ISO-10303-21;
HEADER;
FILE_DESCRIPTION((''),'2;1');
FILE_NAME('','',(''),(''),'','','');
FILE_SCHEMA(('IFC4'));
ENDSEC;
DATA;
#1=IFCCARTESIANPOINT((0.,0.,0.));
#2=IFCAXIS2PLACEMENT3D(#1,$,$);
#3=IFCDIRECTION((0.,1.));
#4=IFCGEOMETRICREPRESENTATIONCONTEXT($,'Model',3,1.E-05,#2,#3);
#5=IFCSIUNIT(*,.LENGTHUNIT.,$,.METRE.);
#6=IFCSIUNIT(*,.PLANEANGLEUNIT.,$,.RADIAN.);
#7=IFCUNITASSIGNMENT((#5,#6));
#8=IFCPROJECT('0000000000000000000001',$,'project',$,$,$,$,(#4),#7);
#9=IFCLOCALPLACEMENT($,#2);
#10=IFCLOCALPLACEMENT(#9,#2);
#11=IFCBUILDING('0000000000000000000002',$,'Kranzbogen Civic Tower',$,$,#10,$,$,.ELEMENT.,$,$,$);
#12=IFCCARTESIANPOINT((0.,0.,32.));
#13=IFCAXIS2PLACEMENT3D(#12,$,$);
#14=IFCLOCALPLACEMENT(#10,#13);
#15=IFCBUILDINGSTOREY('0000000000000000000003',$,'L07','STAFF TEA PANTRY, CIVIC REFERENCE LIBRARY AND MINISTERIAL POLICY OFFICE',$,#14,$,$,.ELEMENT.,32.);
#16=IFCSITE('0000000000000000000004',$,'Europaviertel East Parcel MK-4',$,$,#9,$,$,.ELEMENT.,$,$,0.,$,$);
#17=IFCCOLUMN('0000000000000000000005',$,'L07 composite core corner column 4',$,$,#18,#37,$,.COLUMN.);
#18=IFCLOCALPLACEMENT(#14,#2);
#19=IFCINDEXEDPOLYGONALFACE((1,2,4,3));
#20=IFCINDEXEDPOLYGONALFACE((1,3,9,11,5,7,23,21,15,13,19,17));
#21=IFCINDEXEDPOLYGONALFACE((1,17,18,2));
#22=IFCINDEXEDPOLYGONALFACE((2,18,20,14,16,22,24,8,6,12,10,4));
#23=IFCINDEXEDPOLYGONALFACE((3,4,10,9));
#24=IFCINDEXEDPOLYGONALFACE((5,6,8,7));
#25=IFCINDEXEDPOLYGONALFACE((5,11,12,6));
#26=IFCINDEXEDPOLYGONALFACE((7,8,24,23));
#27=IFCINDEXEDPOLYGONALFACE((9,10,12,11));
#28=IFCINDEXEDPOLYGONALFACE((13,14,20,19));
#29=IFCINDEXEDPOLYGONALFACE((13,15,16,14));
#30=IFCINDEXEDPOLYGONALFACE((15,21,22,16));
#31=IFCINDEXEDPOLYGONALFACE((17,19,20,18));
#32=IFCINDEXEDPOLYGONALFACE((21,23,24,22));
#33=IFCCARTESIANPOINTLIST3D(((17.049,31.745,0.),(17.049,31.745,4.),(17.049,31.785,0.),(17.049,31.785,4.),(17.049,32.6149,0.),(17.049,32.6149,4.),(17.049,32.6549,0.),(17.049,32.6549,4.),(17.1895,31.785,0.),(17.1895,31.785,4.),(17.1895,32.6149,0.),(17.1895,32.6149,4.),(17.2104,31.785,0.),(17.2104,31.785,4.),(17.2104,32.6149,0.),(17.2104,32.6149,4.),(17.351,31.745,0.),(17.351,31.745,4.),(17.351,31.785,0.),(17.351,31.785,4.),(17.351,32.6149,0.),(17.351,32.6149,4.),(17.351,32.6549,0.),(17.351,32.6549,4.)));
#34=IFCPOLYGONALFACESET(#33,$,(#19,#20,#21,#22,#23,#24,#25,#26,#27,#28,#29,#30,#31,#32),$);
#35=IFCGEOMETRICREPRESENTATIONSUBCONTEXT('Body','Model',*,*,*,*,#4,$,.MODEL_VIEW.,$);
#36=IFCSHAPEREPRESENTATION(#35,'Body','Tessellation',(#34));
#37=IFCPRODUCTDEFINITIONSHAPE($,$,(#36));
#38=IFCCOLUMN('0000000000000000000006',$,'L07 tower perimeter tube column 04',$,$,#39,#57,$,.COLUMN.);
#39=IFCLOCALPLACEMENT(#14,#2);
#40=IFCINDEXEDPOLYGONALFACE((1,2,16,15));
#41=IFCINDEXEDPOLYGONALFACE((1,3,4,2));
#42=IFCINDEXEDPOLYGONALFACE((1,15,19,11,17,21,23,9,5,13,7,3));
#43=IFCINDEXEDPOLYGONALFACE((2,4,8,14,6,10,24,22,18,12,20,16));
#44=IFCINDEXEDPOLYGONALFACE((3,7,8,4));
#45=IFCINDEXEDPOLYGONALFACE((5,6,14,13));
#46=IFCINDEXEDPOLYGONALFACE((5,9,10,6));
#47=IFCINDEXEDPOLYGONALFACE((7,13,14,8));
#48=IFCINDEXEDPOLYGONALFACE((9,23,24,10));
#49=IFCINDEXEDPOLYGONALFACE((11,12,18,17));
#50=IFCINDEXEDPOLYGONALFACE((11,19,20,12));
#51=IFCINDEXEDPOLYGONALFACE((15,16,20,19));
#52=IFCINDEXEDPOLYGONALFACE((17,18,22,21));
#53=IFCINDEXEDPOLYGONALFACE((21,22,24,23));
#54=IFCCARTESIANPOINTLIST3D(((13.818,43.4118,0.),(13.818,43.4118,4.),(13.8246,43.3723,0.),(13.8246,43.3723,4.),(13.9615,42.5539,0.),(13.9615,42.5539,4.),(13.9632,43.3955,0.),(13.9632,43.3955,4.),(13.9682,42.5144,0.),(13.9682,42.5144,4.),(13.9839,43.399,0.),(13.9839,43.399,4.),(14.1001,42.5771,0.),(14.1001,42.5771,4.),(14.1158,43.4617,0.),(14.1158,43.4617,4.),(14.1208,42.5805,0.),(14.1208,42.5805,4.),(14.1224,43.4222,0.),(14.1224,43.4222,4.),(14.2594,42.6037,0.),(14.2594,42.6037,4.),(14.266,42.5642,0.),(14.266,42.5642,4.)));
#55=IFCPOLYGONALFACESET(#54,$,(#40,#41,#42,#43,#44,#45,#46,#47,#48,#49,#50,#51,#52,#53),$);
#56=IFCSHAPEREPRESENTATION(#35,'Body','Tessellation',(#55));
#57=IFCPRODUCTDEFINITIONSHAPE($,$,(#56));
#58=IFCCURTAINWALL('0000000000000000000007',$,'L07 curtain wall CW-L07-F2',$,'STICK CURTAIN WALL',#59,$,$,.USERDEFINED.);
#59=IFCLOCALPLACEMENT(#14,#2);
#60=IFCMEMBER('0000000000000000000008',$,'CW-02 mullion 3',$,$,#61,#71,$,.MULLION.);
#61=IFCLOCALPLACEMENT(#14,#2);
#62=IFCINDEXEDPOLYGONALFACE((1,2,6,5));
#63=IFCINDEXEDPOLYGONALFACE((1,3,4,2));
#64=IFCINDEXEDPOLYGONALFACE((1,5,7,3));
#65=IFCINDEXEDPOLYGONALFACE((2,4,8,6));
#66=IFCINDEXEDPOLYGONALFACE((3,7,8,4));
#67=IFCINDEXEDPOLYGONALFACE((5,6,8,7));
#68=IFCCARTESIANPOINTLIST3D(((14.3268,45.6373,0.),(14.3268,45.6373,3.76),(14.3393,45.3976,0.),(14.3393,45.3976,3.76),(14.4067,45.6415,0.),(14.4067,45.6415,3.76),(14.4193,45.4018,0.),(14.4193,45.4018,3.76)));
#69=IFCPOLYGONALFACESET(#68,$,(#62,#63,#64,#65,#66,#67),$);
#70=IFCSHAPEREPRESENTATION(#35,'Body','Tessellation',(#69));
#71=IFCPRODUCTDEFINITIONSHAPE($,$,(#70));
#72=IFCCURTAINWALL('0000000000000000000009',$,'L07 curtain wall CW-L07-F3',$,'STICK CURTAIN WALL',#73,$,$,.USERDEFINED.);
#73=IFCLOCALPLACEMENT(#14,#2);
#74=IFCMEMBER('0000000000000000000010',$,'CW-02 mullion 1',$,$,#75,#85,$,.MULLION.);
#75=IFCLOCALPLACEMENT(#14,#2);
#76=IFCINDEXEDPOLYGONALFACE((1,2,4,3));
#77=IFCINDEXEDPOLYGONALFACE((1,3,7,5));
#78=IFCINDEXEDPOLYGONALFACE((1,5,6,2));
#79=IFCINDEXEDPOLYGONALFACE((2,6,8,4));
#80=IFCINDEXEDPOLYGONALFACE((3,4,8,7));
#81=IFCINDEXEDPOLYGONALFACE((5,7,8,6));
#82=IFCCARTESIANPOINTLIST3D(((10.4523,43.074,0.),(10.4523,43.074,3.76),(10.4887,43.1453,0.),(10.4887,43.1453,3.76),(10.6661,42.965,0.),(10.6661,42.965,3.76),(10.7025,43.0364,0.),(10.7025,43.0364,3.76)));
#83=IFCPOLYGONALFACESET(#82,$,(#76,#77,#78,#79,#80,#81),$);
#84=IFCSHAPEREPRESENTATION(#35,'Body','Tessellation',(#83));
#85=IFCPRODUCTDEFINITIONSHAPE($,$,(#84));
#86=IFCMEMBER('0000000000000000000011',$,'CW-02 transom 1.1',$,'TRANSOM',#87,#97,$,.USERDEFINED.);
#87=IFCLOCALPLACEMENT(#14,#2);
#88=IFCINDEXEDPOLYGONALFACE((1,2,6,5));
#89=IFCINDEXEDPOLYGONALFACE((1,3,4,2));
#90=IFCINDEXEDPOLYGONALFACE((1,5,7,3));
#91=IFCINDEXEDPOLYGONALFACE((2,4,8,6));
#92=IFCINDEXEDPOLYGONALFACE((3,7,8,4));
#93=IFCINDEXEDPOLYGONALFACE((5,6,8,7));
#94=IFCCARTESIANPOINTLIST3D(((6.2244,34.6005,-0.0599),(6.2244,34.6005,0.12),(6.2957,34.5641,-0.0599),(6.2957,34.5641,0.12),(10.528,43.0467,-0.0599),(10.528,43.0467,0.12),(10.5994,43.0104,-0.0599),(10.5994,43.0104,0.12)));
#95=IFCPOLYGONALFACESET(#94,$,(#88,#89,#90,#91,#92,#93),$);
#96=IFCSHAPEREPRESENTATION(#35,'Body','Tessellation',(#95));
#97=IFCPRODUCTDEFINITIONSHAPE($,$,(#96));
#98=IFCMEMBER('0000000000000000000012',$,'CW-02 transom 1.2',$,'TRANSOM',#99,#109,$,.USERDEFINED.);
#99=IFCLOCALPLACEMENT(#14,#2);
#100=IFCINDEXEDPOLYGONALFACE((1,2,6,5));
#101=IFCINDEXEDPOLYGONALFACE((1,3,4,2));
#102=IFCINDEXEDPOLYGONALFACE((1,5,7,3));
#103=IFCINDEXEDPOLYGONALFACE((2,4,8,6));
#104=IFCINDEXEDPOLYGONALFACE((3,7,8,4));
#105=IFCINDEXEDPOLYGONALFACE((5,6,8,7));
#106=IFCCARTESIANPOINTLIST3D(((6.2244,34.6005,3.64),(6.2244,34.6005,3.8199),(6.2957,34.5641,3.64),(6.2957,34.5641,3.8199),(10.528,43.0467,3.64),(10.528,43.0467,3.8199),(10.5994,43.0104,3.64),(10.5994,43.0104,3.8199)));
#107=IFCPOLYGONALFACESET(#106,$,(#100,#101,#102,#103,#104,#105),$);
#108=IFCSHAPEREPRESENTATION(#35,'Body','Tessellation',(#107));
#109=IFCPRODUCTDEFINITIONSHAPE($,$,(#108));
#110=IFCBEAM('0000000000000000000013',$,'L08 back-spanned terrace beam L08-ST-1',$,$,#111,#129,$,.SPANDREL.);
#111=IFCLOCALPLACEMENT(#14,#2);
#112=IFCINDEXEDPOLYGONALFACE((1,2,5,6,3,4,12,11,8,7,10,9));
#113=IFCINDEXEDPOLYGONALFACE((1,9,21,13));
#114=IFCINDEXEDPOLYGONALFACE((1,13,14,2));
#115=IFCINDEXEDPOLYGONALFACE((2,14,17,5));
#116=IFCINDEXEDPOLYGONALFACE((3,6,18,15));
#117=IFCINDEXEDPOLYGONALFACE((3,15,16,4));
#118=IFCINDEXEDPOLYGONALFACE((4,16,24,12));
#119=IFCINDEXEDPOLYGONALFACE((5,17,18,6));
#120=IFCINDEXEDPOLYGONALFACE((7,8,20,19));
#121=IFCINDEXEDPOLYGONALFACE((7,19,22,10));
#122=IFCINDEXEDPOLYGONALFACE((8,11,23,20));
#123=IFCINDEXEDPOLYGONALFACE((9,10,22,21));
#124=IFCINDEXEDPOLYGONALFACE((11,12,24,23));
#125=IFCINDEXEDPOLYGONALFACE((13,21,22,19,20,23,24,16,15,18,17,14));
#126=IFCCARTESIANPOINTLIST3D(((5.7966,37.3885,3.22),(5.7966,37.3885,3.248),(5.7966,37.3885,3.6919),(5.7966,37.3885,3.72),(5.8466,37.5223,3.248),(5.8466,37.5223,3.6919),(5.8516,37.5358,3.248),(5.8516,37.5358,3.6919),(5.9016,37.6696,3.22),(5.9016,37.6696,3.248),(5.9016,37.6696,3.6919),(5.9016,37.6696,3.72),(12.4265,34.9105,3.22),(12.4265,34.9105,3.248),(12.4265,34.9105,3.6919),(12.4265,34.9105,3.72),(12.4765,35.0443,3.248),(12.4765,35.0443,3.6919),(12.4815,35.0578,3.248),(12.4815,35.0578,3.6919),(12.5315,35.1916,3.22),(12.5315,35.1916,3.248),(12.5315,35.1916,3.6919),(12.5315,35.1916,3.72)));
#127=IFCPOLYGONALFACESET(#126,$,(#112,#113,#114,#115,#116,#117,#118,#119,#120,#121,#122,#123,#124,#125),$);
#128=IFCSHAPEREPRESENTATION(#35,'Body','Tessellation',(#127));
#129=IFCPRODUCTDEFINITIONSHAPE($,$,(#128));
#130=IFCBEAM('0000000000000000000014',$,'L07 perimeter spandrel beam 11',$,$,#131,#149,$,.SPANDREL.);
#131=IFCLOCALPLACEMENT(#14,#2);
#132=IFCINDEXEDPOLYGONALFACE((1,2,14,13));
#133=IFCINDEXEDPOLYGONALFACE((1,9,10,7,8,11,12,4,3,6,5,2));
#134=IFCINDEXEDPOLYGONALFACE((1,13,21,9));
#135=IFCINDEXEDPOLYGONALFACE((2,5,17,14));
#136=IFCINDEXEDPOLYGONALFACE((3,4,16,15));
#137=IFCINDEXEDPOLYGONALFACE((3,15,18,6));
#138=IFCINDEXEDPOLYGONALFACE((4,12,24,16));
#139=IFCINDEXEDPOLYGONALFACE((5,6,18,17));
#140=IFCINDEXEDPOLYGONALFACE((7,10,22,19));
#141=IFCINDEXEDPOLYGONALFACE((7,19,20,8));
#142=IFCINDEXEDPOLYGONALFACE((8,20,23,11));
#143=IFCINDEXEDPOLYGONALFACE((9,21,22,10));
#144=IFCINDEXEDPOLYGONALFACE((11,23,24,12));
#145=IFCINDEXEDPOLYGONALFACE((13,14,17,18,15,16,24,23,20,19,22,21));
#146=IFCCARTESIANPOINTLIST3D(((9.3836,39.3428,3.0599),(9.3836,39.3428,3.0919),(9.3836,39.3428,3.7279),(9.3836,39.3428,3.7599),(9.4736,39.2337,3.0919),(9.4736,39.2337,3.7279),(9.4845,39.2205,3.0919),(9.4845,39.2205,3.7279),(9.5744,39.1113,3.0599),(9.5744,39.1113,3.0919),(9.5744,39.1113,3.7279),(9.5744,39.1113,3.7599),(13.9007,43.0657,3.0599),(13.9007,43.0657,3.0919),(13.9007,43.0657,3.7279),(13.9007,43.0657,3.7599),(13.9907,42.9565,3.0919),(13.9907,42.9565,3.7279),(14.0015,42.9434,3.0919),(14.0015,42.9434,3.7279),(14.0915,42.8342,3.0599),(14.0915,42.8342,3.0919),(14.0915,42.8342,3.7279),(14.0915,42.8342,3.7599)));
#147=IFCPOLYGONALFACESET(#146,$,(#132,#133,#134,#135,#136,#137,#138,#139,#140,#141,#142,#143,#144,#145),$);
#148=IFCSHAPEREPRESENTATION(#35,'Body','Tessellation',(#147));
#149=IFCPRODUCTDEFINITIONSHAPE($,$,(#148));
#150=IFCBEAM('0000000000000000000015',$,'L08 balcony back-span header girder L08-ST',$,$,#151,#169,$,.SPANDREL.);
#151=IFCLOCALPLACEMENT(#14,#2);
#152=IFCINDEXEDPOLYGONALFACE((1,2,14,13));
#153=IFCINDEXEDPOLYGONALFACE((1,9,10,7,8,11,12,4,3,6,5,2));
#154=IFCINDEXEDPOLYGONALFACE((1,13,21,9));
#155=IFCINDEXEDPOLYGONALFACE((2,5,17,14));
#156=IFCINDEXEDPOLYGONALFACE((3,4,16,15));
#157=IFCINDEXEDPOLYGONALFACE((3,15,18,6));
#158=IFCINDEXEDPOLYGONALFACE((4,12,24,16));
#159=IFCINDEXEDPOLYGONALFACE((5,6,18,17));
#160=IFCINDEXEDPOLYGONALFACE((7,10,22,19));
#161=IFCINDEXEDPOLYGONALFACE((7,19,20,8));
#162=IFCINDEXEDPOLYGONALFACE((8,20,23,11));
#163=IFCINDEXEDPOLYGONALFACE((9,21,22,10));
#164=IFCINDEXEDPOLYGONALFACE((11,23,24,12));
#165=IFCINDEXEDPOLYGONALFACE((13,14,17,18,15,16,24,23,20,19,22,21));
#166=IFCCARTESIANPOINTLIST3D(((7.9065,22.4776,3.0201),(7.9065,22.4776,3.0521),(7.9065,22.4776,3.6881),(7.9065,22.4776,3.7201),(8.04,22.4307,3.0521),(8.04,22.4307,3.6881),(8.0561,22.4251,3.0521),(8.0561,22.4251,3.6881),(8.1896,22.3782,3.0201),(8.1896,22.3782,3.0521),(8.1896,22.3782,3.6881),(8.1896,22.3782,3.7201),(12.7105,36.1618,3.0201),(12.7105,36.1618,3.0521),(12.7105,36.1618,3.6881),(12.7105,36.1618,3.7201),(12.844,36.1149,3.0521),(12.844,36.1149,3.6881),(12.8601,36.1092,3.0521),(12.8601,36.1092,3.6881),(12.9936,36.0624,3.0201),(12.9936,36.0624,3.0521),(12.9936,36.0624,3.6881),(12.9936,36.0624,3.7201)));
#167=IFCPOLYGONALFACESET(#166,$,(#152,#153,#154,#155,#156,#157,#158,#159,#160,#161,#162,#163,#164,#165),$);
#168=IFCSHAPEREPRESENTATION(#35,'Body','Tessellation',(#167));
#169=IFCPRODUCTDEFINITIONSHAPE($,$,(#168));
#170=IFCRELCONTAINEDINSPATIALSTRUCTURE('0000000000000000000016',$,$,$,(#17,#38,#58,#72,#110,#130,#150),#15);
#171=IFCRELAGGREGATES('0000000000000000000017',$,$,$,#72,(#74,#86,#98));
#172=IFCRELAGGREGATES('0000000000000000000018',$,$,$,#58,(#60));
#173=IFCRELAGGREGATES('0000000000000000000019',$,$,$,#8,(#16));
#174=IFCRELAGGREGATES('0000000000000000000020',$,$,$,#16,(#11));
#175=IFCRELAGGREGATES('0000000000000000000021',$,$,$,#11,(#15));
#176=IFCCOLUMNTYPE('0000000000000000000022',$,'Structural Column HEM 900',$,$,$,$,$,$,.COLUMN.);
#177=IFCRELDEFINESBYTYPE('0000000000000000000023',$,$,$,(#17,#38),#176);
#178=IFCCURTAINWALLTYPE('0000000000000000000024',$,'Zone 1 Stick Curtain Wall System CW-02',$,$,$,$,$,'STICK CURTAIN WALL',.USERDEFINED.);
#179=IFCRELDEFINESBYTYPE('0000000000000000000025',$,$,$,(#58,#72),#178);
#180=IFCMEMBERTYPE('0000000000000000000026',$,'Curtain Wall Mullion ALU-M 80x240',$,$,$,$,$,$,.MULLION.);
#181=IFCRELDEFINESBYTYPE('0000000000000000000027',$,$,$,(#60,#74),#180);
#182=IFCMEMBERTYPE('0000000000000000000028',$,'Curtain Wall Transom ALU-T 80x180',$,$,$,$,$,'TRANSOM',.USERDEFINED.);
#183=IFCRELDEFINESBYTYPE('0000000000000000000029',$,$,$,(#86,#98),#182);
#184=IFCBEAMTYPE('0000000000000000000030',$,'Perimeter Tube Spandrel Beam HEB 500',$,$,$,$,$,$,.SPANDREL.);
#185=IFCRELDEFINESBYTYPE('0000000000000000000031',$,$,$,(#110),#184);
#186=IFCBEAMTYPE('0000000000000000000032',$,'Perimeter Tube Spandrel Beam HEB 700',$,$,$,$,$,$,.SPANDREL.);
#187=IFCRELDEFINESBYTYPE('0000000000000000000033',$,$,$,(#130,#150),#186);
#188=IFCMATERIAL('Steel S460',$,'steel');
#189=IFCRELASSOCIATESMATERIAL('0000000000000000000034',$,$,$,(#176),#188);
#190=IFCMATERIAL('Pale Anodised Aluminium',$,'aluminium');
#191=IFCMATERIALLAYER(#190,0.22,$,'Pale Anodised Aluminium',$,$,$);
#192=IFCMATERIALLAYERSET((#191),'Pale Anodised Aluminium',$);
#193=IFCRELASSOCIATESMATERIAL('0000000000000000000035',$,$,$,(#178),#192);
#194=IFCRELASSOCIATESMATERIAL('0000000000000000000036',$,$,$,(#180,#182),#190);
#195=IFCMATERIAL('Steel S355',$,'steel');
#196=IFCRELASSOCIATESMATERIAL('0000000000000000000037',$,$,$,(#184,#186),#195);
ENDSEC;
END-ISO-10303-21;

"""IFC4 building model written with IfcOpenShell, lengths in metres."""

from ifc_helpers import new_model, si_unit, direction, frame, origin, origin_2d, place, context, subcontext, project, spatial, rectangle, i_section, extrude, material, layer, layer_set, material_profile, profile_set, type_object, element, aggregate, save


model = new_model("IFC4")

# Units and contexts
model_context = context("Model", 3, precision=1e-05, world=origin(), true_north=direction((0.0, 1.0)))
body_context = subcontext(model_context, "Body", "Model", "MODEL_VIEW")
ifc_project = project(units=[si_unit("LENGTHUNIT", "METRE"), si_unit("PLANEANGLEUNIT", "RADIAN")], contexts=[model_context])

# Site, building, storey
site_placement = place(None, origin())
site = spatial("IfcSite", under=ifc_project, at=site_placement, Name="Europaviertel East Parcel MK-4", CompositionType="ELEMENT", RefElevation=0.0)
building_placement = place(site_placement, origin())
building = spatial("IfcBuilding", under=site, at=building_placement, Name="Kranzbogen Civic Tower", CompositionType="ELEMENT")
storey_placement = place(building_placement, frame((0.0, 0.0, 32.0)))
storey = spatial("IfcBuildingStorey", under=building, at=storey_placement, Name="L07", Description="STAFF TEA PANTRY, CIVIC REFERENCE LIBRARY AND MINISTERIAL POLICY OFFICE", CompositionType="ELEMENT", Elevation=32.0)

# Columns
ifc_material_1 = material(Name="Steel S460", Category="steel")
ifc_material_profile_1 = material_profile(ifc_material_1, i_section(OverallWidth=0.302, OverallDepth=0.9099, WebThickness=0.021, FlangeThickness=0.04, at=origin_2d()), Name="HEM 900")
ifc_profile_set_1 = profile_set([ifc_material_profile_1], Name="Steel S460")
column_type = type_object("IfcColumnType", Name="Structural Column HEM 900", PredefinedType="COLUMN", material=ifc_profile_set_1)
for number, where, z_axis, x_axis, name in (
    (1, (17.2, 32.2, 0.0), (0.0, 0.0, 1.0), (1.0, 0.0, 0.0), "L07 composite core corner column 4"),
    (2, (14.042, 42.988, 0.0), (0.0, 0.0, 1.0), (0.986286, 0.165048, 0.0), "L07 tower perimeter tube column 04"),
):
    element("IfcColumn", number, at=place(storey_placement, frame(where, z_axis=z_axis, x_axis=x_axis)), inside=storey, type_object=column_type, Name=name, PredefinedType="COLUMN", context=body_context, shape_type="SweptSolid", body=[
        extrude(i_section(OverallWidth=0.302, OverallDepth=0.9099, WebThickness=0.021, FlangeThickness=0.04, at=origin_2d()), origin(), (0.0, 0.0, 1.0), 4.0),
    ])

# Curtain wall, member
ifc_material_2 = material(Name="Pale Anodised Aluminium", Category="aluminium")
ifc_layer_1 = layer(ifc_material_2, 0.22, Name="Pale Anodised Aluminium")
ifc_layer_set_1 = layer_set([ifc_layer_1], Name="Pale Anodised Aluminium")
curtain_wall_type = type_object("IfcCurtainWallType", Name="Zone 1 Stick Curtain Wall System CW-02", ElementType="STICK CURTAIN WALL", PredefinedType="USERDEFINED", material=ifc_layer_set_1)
curtain_wall_1_placement = place(storey_placement, origin())
curtain_wall_1 = element("IfcCurtainWall", 3, at=curtain_wall_1_placement, inside=storey, type_object=curtain_wall_type, Name="L07 curtain wall CW-L07-F2", ObjectType="STICK CURTAIN WALL", PredefinedType="USERDEFINED")
ifc_material_profile_2 = material_profile(ifc_material_2, rectangle(XDim=0.0801, YDim=0.24, at=origin_2d()), Name="ALU-M 80x240")
ifc_profile_set_2 = profile_set([ifc_material_profile_2], Name="Pale Anodised Aluminium")
member_type_1 = type_object("IfcMemberType", Name="Curtain Wall Mullion ALU-M 80x240", PredefinedType="MULLION", material=ifc_profile_set_2)
member_1_placement = place(storey_placement, frame((14.373, 45.5195, 0.0), z_axis=(0.0, 0.0, 1.0), x_axis=(-0.998628, -0.052356, 0.0)))
member_1 = element("IfcMember", 4, at=member_1_placement, type_object=member_type_1, Name="CW-02 mullion 3", PredefinedType="MULLION", context=body_context, shape_type="SweptSolid", body=[
    extrude(rectangle(XDim=0.0801, YDim=0.24, at=origin_2d()), origin(), (0.0, 0.0, 1.0), 3.76),
])

# Curtain wall, members
curtain_wall_2_placement = place(storey_placement, origin())
curtain_wall_2 = element("IfcCurtainWall", 5, at=curtain_wall_2_placement, inside=storey, type_object=curtain_wall_type, Name="L07 curtain wall CW-L07-F3", ObjectType="STICK CURTAIN WALL", PredefinedType="USERDEFINED")
member_2_placement = place(storey_placement, frame((10.5774, 43.0552, 0.0), z_axis=(0.0, 0.0, 1.0), x_axis=(-0.453993, -0.891005, 0.0)))
member_2 = element("IfcMember", 6, at=member_2_placement, type_object=member_type_1, Name="CW-02 mullion 1", PredefinedType="MULLION", context=body_context, shape_type="SweptSolid", body=[
    extrude(rectangle(XDim=0.0801, YDim=0.24, at=origin_2d()), origin(), (0.0, 0.0, 1.0), 3.76),
])
ifc_material_profile_3 = material_profile(ifc_material_2, rectangle(XDim=0.0801, YDim=0.1799, at=origin_2d()), Name="ALU-T 80x180")
ifc_profile_set_3 = profile_set([ifc_material_profile_3], Name="Pale Anodised Aluminium")
member_type_2 = type_object("IfcMemberType", Name="Curtain Wall Transom ALU-T 80x180", ElementType="TRANSOM", PredefinedType="USERDEFINED", material=ifc_profile_set_3)
member_3_placement = place(storey_placement, frame((10.5637, 43.0286, 0.03), z_axis=(-0.454, -0.891002, 0.0), x_axis=(0.891002, -0.454, 0.0)))
member_3 = element("IfcMember", 7, at=member_3_placement, type_object=member_type_2, Name="CW-02 transom 1.1", ObjectType="TRANSOM", PredefinedType="USERDEFINED", context=body_context, shape_type="SweptSolid", body=[
    extrude(rectangle(XDim=0.0801, YDim=0.1799, at=origin_2d()), origin(), (0.0, 0.0, 1.0), 9.4795),
])
member_4_placement = place(storey_placement, frame((10.5637, 43.0286, 3.73), z_axis=(-0.454, -0.891002, 0.0), x_axis=(0.891002, -0.454, 0.0)))
member_4 = element("IfcMember", 8, at=member_4_placement, type_object=member_type_2, Name="CW-02 transom 1.2", ObjectType="TRANSOM", PredefinedType="USERDEFINED", context=body_context, shape_type="SweptSolid", body=[
    extrude(rectangle(XDim=0.0801, YDim=0.1799, at=origin_2d()), origin(), (0.0, 0.0, 1.0), 9.4795),
])
aggregate(curtain_wall_2, [member_2, member_3, member_4])

# Beams
ifc_material_3 = material(Name="Steel S355", Category="steel")
ifc_material_profile_4 = material_profile(ifc_material_3, i_section(OverallWidth=0.3, OverallDepth=0.5, WebThickness=0.0144, FlangeThickness=0.0281, at=origin_2d()), Name="HEB 500")
ifc_profile_set_4 = profile_set([ifc_material_profile_4], Name="Steel S355")
beam_type_1 = type_object("IfcBeamType", Name="Perimeter Tube Spandrel Beam HEB 500", PredefinedType="SPANDREL", material=ifc_profile_set_4)
beam_1_placement = place(storey_placement, frame((12.479, 35.051, 3.47), z_axis=(-0.936709, 0.35011, 0.0), x_axis=(-0.35011, -0.936709, 0.0)))
element("IfcBeam", 9, at=beam_1_placement, inside=storey, type_object=beam_type_1, Name="L08 back-spanned terrace beam L08-ST-1", PredefinedType="SPANDREL", context=body_context, shape_type="SweptSolid", body=[
    extrude(i_section(OverallWidth=0.3, OverallDepth=0.5, WebThickness=0.0144, FlangeThickness=0.0281, at=origin_2d()), origin(), (0.0, 0.0, 1.0), 7.0779),
])
ifc_material_profile_5 = material_profile(ifc_material_3, i_section(OverallWidth=0.3, OverallDepth=0.7, WebThickness=0.0171, FlangeThickness=0.032, at=origin_2d()), Name="HEB 700")
ifc_profile_set_5 = profile_set([ifc_material_profile_5], Name="Steel S355")
beam_type_2 = type_object("IfcBeamType", Name="Perimeter Tube Spandrel Beam HEB 700", PredefinedType="SPANDREL", material=ifc_profile_set_5)
beam_2_placement = place(storey_placement, frame((13.9961, 42.95, 3.4099), z_axis=(-0.771683, -0.636007, 0.0), x_axis=(0.636007, -0.771683, 0.0)))
element("IfcBeam", 10, at=beam_2_placement, inside=storey, type_object=beam_type_2, Name="L07 perimeter spandrel beam 11", PredefinedType="SPANDREL", context=body_context, shape_type="SweptSolid", body=[
    extrude(i_section(OverallWidth=0.3, OverallDepth=0.7, WebThickness=0.0171, FlangeThickness=0.032, at=origin_2d()), origin(), (0.0, 0.0, 1.0), 5.8535),
])
beam_3_placement = place(storey_placement, frame((12.8521, 36.1121, 3.3701), z_axis=(-0.331243, -0.943546, 0.0), x_axis=(0.943546, -0.331243, 0.0)))
element("IfcBeam", 11, at=beam_3_placement, inside=storey, type_object=beam_type_2, Name="L08 balcony back-span header girder L08-ST", PredefinedType="SPANDREL", context=body_context, shape_type="SweptSolid", body=[
    extrude(i_section(OverallWidth=0.3, OverallDepth=0.7, WebThickness=0.0171, FlangeThickness=0.032, at=origin_2d()), origin(), (0.0, 0.0, 1.0), 14.5029),
])

aggregate(curtain_wall_1, [member_1])

save(model, "model.ifc")
